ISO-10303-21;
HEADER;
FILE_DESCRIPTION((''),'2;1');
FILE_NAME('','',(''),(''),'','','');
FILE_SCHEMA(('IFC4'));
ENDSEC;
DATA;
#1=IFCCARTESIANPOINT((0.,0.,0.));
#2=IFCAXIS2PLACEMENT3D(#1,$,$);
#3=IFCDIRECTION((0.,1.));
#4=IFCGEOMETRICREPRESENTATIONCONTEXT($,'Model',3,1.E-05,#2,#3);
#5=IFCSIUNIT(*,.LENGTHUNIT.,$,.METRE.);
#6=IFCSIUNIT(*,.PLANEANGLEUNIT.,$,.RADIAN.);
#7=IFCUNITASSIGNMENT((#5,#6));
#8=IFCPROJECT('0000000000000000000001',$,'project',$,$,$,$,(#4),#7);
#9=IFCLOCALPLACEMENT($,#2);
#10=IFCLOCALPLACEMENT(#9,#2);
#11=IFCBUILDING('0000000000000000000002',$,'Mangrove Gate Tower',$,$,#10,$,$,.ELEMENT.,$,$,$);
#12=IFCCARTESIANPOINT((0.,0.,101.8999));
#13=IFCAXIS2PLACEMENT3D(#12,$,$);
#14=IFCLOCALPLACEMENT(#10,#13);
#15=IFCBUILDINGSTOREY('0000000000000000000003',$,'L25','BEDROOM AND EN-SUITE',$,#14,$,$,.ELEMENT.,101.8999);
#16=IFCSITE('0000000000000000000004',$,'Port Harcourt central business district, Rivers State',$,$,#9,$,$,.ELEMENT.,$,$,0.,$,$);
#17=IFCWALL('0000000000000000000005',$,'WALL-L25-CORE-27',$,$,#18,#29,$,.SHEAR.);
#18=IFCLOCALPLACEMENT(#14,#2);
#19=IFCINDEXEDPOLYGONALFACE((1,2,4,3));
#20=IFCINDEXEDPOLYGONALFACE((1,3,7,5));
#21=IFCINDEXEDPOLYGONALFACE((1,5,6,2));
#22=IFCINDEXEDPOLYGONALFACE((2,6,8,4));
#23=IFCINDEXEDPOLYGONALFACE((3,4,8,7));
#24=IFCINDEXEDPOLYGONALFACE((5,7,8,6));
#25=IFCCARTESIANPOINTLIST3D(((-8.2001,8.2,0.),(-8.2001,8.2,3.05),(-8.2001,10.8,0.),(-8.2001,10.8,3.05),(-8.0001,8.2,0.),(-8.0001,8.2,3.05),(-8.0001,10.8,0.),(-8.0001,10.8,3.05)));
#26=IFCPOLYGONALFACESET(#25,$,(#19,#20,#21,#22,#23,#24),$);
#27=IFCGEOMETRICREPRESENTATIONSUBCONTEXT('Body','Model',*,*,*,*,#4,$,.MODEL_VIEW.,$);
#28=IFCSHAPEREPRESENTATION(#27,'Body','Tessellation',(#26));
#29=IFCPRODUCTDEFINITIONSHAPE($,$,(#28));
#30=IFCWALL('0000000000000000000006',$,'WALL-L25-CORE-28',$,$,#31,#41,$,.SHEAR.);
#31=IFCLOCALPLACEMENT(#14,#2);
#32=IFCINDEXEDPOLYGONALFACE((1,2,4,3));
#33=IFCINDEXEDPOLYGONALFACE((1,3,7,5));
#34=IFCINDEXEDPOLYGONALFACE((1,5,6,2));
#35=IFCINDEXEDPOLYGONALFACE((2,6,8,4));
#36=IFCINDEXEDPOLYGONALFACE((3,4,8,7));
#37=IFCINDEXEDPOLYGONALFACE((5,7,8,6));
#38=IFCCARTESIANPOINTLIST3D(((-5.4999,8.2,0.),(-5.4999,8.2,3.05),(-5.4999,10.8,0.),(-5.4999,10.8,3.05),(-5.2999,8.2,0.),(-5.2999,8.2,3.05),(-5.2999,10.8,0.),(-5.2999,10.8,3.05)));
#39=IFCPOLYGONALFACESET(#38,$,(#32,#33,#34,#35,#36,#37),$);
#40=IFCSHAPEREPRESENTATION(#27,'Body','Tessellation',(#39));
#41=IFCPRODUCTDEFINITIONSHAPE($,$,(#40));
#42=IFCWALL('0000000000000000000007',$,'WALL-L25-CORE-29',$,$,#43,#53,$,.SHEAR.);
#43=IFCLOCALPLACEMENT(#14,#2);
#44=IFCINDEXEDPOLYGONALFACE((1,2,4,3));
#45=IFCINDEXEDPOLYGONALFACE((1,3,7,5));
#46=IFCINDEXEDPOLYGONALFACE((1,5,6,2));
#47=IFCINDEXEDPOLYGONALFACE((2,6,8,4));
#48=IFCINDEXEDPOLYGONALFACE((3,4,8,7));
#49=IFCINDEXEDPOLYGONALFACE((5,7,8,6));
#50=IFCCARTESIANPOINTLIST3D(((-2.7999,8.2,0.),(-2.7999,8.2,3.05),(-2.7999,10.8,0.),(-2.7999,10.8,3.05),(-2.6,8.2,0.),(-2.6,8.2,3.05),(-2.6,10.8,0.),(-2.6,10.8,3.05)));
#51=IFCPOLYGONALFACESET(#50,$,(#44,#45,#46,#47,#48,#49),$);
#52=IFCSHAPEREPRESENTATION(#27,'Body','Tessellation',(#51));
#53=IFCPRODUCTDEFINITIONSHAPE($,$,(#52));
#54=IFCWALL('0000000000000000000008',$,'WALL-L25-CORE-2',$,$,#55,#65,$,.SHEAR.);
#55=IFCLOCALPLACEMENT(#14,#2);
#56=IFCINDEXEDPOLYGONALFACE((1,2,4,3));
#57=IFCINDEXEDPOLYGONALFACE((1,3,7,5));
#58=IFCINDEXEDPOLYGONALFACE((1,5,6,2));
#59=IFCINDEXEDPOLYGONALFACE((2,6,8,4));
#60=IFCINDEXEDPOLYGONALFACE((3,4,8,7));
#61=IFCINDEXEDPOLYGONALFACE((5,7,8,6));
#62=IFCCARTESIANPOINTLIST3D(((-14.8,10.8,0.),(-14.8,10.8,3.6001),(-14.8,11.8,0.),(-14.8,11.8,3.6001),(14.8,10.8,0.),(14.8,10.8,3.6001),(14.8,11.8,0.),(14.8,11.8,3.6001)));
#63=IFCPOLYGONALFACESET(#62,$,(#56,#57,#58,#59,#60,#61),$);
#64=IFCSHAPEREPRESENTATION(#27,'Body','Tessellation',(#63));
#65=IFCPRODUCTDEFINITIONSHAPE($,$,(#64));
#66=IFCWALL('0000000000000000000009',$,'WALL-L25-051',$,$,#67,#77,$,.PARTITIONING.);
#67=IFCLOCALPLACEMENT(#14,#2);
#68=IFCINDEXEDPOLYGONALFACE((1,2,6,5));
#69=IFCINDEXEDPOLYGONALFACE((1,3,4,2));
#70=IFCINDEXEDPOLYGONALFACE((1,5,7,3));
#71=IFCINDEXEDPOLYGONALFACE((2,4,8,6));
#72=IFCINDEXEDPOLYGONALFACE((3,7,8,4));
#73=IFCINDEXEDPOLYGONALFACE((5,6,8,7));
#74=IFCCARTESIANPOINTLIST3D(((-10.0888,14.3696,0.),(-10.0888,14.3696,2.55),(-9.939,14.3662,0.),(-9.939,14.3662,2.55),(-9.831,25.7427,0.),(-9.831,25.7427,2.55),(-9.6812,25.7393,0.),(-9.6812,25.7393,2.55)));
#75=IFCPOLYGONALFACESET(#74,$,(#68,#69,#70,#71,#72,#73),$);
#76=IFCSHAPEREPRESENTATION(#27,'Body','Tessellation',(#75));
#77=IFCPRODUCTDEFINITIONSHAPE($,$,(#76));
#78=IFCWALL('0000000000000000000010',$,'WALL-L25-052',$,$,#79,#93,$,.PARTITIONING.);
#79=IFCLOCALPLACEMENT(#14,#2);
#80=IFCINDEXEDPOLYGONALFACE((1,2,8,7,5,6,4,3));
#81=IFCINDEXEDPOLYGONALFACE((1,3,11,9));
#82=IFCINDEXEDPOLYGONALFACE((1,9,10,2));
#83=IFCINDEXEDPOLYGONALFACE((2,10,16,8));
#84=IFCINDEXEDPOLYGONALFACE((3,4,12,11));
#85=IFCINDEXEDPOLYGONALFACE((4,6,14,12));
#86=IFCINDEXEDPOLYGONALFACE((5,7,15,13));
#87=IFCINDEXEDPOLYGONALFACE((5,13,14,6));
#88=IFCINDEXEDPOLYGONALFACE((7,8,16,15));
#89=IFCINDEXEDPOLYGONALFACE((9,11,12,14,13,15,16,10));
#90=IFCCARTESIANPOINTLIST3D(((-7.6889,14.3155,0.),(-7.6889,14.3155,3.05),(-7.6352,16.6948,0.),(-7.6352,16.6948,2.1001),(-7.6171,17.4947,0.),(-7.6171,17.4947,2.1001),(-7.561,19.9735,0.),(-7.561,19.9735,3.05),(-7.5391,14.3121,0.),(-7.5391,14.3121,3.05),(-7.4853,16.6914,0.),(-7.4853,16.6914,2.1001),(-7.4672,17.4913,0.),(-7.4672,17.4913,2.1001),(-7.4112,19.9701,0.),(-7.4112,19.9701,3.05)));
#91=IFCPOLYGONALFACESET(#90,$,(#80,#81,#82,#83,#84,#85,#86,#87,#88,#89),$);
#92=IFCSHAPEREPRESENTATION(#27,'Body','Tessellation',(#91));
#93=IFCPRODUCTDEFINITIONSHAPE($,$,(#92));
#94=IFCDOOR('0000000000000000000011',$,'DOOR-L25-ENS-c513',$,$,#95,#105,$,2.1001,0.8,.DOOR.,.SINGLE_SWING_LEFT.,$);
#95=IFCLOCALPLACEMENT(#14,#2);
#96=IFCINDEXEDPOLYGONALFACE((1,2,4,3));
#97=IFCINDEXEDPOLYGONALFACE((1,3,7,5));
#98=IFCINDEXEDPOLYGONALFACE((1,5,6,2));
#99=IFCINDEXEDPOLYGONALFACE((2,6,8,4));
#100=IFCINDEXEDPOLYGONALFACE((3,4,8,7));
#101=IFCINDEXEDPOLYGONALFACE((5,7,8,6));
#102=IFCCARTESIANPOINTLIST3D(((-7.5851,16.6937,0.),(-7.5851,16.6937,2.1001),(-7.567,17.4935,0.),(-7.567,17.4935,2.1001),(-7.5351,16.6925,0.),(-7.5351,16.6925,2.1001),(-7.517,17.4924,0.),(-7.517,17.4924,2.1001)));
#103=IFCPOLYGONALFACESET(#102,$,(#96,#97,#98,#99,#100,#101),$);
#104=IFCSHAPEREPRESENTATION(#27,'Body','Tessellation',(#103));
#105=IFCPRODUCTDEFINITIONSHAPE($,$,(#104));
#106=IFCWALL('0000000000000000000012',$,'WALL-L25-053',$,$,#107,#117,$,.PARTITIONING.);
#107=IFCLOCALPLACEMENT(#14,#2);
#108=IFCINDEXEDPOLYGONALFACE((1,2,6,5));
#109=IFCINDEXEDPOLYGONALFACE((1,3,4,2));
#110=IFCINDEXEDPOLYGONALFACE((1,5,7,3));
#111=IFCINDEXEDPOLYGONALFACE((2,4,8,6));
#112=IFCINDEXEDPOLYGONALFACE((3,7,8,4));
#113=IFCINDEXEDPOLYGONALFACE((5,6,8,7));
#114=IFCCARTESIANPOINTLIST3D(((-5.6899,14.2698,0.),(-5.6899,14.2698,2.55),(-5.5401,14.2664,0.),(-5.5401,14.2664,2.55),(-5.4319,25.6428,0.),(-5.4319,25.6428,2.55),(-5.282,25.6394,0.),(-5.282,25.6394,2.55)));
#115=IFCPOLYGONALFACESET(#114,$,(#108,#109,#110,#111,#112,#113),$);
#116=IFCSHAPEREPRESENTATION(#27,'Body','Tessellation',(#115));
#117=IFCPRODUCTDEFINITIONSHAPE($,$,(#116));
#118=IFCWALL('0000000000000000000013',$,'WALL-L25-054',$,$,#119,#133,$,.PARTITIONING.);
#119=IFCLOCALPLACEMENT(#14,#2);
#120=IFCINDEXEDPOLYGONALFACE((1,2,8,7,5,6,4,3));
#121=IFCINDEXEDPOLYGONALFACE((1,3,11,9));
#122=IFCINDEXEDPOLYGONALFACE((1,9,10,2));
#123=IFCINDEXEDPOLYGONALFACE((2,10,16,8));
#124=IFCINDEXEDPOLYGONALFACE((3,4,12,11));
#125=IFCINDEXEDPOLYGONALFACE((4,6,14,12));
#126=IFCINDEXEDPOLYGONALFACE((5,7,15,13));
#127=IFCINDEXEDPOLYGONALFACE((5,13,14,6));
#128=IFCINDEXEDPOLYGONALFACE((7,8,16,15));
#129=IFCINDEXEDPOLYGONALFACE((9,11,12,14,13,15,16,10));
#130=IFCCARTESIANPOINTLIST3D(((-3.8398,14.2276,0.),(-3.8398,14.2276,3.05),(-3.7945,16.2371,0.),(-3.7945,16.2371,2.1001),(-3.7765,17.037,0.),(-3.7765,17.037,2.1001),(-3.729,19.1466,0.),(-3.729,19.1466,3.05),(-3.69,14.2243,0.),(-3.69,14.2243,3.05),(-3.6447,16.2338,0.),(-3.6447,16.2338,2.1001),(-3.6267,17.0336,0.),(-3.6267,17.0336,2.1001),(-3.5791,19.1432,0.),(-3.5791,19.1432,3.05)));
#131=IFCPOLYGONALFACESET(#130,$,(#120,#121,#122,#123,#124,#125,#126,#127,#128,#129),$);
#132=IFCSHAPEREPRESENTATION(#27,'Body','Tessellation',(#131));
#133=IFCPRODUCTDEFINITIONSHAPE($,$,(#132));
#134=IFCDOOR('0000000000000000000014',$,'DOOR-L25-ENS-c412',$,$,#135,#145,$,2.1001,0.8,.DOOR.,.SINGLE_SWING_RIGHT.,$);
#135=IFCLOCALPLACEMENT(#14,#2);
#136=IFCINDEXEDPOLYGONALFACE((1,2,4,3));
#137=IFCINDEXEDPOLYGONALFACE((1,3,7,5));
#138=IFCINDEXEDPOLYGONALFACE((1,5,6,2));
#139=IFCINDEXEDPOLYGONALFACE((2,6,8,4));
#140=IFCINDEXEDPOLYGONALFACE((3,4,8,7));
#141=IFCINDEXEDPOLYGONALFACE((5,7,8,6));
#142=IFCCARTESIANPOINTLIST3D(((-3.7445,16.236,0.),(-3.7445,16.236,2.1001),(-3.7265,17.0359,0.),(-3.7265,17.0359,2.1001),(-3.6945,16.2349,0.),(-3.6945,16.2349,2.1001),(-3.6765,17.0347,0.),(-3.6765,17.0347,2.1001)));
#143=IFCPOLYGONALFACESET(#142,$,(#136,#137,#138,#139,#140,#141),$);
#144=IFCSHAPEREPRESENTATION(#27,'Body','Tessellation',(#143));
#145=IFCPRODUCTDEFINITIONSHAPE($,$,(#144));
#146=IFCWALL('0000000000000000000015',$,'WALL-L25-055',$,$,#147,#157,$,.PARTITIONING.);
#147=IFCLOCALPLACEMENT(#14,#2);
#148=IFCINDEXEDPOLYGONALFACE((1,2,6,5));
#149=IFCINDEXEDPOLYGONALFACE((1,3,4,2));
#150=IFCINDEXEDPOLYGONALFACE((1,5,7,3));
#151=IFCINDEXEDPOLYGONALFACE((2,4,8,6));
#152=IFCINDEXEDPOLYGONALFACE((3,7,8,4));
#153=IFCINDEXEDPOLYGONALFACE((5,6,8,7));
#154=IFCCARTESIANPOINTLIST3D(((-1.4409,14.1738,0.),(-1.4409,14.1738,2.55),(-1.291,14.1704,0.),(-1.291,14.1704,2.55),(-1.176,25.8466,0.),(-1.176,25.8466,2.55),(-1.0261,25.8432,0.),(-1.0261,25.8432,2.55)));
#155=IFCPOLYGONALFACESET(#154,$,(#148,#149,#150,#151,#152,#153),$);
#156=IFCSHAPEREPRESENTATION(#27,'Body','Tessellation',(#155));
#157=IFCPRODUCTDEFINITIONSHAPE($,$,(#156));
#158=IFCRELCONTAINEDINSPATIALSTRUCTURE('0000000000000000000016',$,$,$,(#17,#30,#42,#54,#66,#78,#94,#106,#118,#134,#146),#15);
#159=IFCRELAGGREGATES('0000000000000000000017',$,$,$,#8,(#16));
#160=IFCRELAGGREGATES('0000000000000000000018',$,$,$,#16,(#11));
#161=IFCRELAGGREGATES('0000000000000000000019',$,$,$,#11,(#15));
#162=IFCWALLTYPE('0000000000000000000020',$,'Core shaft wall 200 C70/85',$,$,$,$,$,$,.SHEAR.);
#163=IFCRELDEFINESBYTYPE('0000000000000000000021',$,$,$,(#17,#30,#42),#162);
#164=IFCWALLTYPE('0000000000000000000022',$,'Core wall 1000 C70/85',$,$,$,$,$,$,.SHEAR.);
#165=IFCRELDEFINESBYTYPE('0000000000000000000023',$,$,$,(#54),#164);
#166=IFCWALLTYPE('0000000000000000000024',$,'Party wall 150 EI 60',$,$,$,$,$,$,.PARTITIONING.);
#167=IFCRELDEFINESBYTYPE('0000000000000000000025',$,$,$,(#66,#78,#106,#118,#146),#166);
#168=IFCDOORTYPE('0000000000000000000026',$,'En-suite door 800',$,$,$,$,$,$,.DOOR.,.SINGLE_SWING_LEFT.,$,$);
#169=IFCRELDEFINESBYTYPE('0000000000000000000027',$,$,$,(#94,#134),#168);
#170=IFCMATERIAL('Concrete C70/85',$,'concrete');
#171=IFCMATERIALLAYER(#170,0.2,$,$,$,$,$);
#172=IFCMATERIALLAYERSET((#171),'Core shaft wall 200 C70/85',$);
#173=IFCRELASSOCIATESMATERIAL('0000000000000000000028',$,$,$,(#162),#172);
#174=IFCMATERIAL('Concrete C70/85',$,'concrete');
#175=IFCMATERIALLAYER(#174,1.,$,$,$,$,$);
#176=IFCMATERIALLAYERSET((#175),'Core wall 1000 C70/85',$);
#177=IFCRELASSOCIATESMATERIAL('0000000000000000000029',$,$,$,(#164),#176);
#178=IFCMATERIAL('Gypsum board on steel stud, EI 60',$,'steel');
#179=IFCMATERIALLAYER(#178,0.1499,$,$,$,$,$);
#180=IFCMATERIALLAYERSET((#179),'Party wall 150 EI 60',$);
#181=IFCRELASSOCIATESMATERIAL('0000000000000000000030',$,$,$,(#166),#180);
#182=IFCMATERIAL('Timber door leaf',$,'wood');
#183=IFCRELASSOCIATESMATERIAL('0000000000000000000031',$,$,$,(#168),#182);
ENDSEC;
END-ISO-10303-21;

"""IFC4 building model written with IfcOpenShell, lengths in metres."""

from ifc_helpers import new_model, si_unit, direction, frame, frame_2d, origin, place, context, subcontext, project, spatial, rectangle, extrude, material, layer, layer_set, type_object, element, fill, save


model = new_model("IFC4")

# Units and contexts
model_context = context("Model", 3, precision=1e-05, world=origin(), true_north=direction((0.0, 1.0)))
body_context = subcontext(model_context, "Body", "Model", "MODEL_VIEW")
ifc_project = project(units=[si_unit("LENGTHUNIT", "METRE"), si_unit("PLANEANGLEUNIT", "RADIAN")], contexts=[model_context])

# Site, building, storey
site_placement = place(None, origin())
site = spatial("IfcSite", under=ifc_project, at=site_placement, Name="Port Harcourt central business district, Rivers State", CompositionType="ELEMENT", RefElevation=0.0)
building_placement = place(site_placement, origin())
building = spatial("IfcBuilding", under=site, at=building_placement, Name="Mangrove Gate Tower", CompositionType="ELEMENT")
storey_placement = place(building_placement, frame((0.0, 0.0, 101.8999)))
storey = spatial("IfcBuildingStorey", under=building, at=storey_placement, Name="L25", Description="BEDROOM AND EN-SUITE", CompositionType="ELEMENT", Elevation=101.8999)

# Walls
ifc_material_1 = material(Name="Concrete C70/85", Category="concrete")
ifc_layer_1 = layer(ifc_material_1, 0.2)
ifc_layer_set_1 = layer_set([ifc_layer_1], Name="Core shaft wall 200 C70/85")
wall_type_1 = type_object("IfcWallType", Name="Core shaft wall 200 C70/85", PredefinedType="SHEAR", material=ifc_layer_set_1)
for number, where, z_axis, x_axis, name in (
    (1, (-8.1001, 8.2, 0.0), (0.0, 0.0, 1.0), (0.0, 1.0, 0.0), "WALL-L25-CORE-27"),
    (2, (-5.3999, 8.2, 0.0), (0.0, 0.0, 1.0), (0.0, 1.0, 0.0), "WALL-L25-CORE-28"),
    (3, (-2.7, 8.2, 0.0), (0.0, 0.0, 1.0), (0.0, 1.0, 0.0), "WALL-L25-CORE-29"),
):
    element("IfcWall", number, at=place(storey_placement, frame(where, z_axis=z_axis, x_axis=x_axis)), inside=storey, type_object=wall_type_1, Name=name, PredefinedType="SHEAR", context=body_context, shape_type="SweptSolid", body=[
        extrude(rectangle(XDim=2.6001, YDim=0.2, at=frame_2d((1.3, 0.0))), origin(), (0.0, 0.0, 1.0), 3.05),
    ])
ifc_material_2 = material(Name="Concrete C70/85", Category="concrete")
ifc_layer_2 = layer(ifc_material_2, 1.0)
ifc_layer_set_2 = layer_set([ifc_layer_2], Name="Core wall 1000 C70/85")
wall_type_2 = type_object("IfcWallType", Name="Core wall 1000 C70/85", PredefinedType="SHEAR", material=ifc_layer_set_2)
wall_1_placement = place(storey_placement, frame((-14.8, 11.3, 0.0), z_axis=(0.0, 0.0, 1.0), x_axis=(1.0, 0.0, 0.0)))
element("IfcWall", 4, at=wall_1_placement, inside=storey, type_object=wall_type_2, Name="WALL-L25-CORE-2", PredefinedType="SHEAR", context=body_context, shape_type="SweptSolid", body=[
    extrude(rectangle(XDim=29.6001, YDim=1.0, at=frame_2d((14.8, 0.0))), origin(), (0.0, 0.0, 1.0), 3.6001),
])
ifc_material_3 = material(Name="Gypsum board on steel stud, EI 60", Category="steel")
ifc_layer_3 = layer(ifc_material_3, 0.1499)
ifc_layer_set_3 = layer_set([ifc_layer_3], Name="Party wall 150 EI 60")
wall_type_3 = type_object("IfcWallType", Name="Party wall 150 EI 60", PredefinedType="PARTITIONING", material=ifc_layer_set_3)
wall_2_placement = place(storey_placement, frame((-10.0139, 14.3679, 0.0), z_axis=(0.0, 0.0, 1.0), x_axis=(0.022663, 0.999743, 0.0)))
element("IfcWall", 5, at=wall_2_placement, inside=storey, type_object=wall_type_3, Name="WALL-L25-051", PredefinedType="PARTITIONING", context=body_context, shape_type="SweptSolid", body=[
    extrude(rectangle(XDim=11.376, YDim=0.1499, at=frame_2d((5.688, 0.0))), origin(), (0.0, 0.0, 1.0), 2.55),
])

# Wall, opening, door
wall_3_placement = place(storey_placement, frame((-7.614, 14.314, 0.0), z_axis=(0.0, 0.0, 1.0), x_axis=(0.022605, 0.999744, 0.0)))
wall_3 = element("IfcWall", 6, at=wall_3_placement, inside=storey, type_object=wall_type_3, Name="WALL-L25-052", PredefinedType="PARTITIONING", context=body_context, shape_type="SweptSolid", body=[
    extrude(rectangle(XDim=5.6594, YDim=0.1499, at=frame_2d((2.8296, 0.0))), origin(), (0.0, 0.0, 1.0), 3.05),
])
opening_1_placement = place(wall_3_placement, frame((2.3799, 0.0, 0.0)))
opening_1 = element("IfcOpeningElement", 7, at=opening_1_placement, cuts=wall_3, PredefinedType="OPENING", context=body_context, shape_type="SweptSolid", body=[
    extrude(rectangle(XDim=0.8, YDim=2.1001, at=frame_2d((0.3999, 1.05))), frame((0.0, 0.085, 0.0), z_axis=(0.0, -1.0, 0.0), x_axis=(1.0, 0.0, 0.0)), (0.0, 0.0, 1.0), 0.1699),
])
ifc_material_4 = material(Name="Timber door leaf", Category="wood")
door_type = type_object("IfcDoorType", Name="En-suite door 800", OperationType="SINGLE_SWING_LEFT", PredefinedType="DOOR", material=ifc_material_4)
door_1_placement = place(opening_1_placement, origin())
door_1 = element("IfcDoor", 8, at=door_1_placement, inside=storey, type_object=door_type, Name="DOOR-L25-ENS-c513", OperationType="SINGLE_SWING_LEFT", OverallHeight=2.1001, OverallWidth=0.8, PredefinedType="DOOR", context=body_context, shape_type="SweptSolid", body=[
    extrude(rectangle(XDim=0.8, YDim=2.1001, at=frame_2d((0.3999, 1.05))), frame((0.0, 0.0249, 0.0), z_axis=(0.0, -1.0, 0.0), x_axis=(1.0, 0.0, 0.0)), (0.0, 0.0, 1.0), 0.05),
])
fill(opening_1, door_1)

# Wall
wall_4_placement = place(storey_placement, frame((-5.615, 14.2681, 0.0), z_axis=(0.0, 0.0, 1.0), x_axis=(0.022684, 0.999743, 0.0)))
element("IfcWall", 9, at=wall_4_placement, inside=storey, type_object=wall_type_3, Name="WALL-L25-053", PredefinedType="PARTITIONING", context=body_context, shape_type="SweptSolid", body=[
    extrude(rectangle(XDim=11.376, YDim=0.1499, at=frame_2d((5.688, 0.0))), origin(), (0.0, 0.0, 1.0), 2.55),
])

# Wall, opening, door
wall_5_placement = place(storey_placement, frame((-3.7649, 14.2261, 0.0), z_axis=(0.0, 0.0, 1.0), x_axis=(0.022528, 0.999746, 0.0)))
wall_5 = element("IfcWall", 10, at=wall_5_placement, inside=storey, type_object=wall_type_3, Name="WALL-L25-054", PredefinedType="PARTITIONING", context=body_context, shape_type="SweptSolid", body=[
    extrude(rectangle(XDim=4.9202, YDim=0.1499, at=frame_2d((2.46, 0.0))), origin(), (0.0, 0.0, 1.0), 3.05),
])
opening_2_placement = place(wall_5_placement, frame((2.01, 0.0, 0.0)))
opening_2 = element("IfcOpeningElement", 11, at=opening_2_placement, cuts=wall_5, PredefinedType="OPENING", context=body_context, shape_type="SweptSolid", body=[
    extrude(rectangle(XDim=0.8, YDim=2.1001, at=frame_2d((0.3999, 1.05))), frame((0.0, 0.085, 0.0), z_axis=(0.0, -1.0, 0.0), x_axis=(1.0, 0.0, 0.0)), (0.0, 0.0, 1.0), 0.1699),
])
door_2_placement = place(opening_2_placement, origin())
door_2 = element("IfcDoor", 12, at=door_2_placement, inside=storey, type_object=door_type, Name="DOOR-L25-ENS-c412", OperationType="SINGLE_SWING_RIGHT", OverallHeight=2.1001, OverallWidth=0.8, PredefinedType="DOOR", context=body_context, shape_type="SweptSolid", body=[
    extrude(rectangle(XDim=0.8, YDim=2.1001, at=frame_2d((0.3999, 1.05))), frame((0.0, 0.0249, 0.0), z_axis=(0.0, -1.0, 0.0), x_axis=(1.0, 0.0, 0.0)), (0.0, 0.0, 1.0), 0.05),
])
fill(opening_2, door_2)

# Wall
wall_6_placement = place(storey_placement, frame((-1.366, 14.1721, 0.0), z_axis=(0.0, 0.0, 1.0), x_axis=(0.022687, 0.999743, 0.0)))
element("IfcWall", 13, at=wall_6_placement, inside=storey, type_object=wall_type_3, Name="WALL-L25-055", PredefinedType="PARTITIONING", context=body_context, shape_type="SweptSolid", body=[
    extrude(rectangle(XDim=11.6758, YDim=0.1499, at=frame_2d((5.8379, 0.0))), origin(), (0.0, 0.0, 1.0), 2.55),
])

save(model, "model.ifc")
